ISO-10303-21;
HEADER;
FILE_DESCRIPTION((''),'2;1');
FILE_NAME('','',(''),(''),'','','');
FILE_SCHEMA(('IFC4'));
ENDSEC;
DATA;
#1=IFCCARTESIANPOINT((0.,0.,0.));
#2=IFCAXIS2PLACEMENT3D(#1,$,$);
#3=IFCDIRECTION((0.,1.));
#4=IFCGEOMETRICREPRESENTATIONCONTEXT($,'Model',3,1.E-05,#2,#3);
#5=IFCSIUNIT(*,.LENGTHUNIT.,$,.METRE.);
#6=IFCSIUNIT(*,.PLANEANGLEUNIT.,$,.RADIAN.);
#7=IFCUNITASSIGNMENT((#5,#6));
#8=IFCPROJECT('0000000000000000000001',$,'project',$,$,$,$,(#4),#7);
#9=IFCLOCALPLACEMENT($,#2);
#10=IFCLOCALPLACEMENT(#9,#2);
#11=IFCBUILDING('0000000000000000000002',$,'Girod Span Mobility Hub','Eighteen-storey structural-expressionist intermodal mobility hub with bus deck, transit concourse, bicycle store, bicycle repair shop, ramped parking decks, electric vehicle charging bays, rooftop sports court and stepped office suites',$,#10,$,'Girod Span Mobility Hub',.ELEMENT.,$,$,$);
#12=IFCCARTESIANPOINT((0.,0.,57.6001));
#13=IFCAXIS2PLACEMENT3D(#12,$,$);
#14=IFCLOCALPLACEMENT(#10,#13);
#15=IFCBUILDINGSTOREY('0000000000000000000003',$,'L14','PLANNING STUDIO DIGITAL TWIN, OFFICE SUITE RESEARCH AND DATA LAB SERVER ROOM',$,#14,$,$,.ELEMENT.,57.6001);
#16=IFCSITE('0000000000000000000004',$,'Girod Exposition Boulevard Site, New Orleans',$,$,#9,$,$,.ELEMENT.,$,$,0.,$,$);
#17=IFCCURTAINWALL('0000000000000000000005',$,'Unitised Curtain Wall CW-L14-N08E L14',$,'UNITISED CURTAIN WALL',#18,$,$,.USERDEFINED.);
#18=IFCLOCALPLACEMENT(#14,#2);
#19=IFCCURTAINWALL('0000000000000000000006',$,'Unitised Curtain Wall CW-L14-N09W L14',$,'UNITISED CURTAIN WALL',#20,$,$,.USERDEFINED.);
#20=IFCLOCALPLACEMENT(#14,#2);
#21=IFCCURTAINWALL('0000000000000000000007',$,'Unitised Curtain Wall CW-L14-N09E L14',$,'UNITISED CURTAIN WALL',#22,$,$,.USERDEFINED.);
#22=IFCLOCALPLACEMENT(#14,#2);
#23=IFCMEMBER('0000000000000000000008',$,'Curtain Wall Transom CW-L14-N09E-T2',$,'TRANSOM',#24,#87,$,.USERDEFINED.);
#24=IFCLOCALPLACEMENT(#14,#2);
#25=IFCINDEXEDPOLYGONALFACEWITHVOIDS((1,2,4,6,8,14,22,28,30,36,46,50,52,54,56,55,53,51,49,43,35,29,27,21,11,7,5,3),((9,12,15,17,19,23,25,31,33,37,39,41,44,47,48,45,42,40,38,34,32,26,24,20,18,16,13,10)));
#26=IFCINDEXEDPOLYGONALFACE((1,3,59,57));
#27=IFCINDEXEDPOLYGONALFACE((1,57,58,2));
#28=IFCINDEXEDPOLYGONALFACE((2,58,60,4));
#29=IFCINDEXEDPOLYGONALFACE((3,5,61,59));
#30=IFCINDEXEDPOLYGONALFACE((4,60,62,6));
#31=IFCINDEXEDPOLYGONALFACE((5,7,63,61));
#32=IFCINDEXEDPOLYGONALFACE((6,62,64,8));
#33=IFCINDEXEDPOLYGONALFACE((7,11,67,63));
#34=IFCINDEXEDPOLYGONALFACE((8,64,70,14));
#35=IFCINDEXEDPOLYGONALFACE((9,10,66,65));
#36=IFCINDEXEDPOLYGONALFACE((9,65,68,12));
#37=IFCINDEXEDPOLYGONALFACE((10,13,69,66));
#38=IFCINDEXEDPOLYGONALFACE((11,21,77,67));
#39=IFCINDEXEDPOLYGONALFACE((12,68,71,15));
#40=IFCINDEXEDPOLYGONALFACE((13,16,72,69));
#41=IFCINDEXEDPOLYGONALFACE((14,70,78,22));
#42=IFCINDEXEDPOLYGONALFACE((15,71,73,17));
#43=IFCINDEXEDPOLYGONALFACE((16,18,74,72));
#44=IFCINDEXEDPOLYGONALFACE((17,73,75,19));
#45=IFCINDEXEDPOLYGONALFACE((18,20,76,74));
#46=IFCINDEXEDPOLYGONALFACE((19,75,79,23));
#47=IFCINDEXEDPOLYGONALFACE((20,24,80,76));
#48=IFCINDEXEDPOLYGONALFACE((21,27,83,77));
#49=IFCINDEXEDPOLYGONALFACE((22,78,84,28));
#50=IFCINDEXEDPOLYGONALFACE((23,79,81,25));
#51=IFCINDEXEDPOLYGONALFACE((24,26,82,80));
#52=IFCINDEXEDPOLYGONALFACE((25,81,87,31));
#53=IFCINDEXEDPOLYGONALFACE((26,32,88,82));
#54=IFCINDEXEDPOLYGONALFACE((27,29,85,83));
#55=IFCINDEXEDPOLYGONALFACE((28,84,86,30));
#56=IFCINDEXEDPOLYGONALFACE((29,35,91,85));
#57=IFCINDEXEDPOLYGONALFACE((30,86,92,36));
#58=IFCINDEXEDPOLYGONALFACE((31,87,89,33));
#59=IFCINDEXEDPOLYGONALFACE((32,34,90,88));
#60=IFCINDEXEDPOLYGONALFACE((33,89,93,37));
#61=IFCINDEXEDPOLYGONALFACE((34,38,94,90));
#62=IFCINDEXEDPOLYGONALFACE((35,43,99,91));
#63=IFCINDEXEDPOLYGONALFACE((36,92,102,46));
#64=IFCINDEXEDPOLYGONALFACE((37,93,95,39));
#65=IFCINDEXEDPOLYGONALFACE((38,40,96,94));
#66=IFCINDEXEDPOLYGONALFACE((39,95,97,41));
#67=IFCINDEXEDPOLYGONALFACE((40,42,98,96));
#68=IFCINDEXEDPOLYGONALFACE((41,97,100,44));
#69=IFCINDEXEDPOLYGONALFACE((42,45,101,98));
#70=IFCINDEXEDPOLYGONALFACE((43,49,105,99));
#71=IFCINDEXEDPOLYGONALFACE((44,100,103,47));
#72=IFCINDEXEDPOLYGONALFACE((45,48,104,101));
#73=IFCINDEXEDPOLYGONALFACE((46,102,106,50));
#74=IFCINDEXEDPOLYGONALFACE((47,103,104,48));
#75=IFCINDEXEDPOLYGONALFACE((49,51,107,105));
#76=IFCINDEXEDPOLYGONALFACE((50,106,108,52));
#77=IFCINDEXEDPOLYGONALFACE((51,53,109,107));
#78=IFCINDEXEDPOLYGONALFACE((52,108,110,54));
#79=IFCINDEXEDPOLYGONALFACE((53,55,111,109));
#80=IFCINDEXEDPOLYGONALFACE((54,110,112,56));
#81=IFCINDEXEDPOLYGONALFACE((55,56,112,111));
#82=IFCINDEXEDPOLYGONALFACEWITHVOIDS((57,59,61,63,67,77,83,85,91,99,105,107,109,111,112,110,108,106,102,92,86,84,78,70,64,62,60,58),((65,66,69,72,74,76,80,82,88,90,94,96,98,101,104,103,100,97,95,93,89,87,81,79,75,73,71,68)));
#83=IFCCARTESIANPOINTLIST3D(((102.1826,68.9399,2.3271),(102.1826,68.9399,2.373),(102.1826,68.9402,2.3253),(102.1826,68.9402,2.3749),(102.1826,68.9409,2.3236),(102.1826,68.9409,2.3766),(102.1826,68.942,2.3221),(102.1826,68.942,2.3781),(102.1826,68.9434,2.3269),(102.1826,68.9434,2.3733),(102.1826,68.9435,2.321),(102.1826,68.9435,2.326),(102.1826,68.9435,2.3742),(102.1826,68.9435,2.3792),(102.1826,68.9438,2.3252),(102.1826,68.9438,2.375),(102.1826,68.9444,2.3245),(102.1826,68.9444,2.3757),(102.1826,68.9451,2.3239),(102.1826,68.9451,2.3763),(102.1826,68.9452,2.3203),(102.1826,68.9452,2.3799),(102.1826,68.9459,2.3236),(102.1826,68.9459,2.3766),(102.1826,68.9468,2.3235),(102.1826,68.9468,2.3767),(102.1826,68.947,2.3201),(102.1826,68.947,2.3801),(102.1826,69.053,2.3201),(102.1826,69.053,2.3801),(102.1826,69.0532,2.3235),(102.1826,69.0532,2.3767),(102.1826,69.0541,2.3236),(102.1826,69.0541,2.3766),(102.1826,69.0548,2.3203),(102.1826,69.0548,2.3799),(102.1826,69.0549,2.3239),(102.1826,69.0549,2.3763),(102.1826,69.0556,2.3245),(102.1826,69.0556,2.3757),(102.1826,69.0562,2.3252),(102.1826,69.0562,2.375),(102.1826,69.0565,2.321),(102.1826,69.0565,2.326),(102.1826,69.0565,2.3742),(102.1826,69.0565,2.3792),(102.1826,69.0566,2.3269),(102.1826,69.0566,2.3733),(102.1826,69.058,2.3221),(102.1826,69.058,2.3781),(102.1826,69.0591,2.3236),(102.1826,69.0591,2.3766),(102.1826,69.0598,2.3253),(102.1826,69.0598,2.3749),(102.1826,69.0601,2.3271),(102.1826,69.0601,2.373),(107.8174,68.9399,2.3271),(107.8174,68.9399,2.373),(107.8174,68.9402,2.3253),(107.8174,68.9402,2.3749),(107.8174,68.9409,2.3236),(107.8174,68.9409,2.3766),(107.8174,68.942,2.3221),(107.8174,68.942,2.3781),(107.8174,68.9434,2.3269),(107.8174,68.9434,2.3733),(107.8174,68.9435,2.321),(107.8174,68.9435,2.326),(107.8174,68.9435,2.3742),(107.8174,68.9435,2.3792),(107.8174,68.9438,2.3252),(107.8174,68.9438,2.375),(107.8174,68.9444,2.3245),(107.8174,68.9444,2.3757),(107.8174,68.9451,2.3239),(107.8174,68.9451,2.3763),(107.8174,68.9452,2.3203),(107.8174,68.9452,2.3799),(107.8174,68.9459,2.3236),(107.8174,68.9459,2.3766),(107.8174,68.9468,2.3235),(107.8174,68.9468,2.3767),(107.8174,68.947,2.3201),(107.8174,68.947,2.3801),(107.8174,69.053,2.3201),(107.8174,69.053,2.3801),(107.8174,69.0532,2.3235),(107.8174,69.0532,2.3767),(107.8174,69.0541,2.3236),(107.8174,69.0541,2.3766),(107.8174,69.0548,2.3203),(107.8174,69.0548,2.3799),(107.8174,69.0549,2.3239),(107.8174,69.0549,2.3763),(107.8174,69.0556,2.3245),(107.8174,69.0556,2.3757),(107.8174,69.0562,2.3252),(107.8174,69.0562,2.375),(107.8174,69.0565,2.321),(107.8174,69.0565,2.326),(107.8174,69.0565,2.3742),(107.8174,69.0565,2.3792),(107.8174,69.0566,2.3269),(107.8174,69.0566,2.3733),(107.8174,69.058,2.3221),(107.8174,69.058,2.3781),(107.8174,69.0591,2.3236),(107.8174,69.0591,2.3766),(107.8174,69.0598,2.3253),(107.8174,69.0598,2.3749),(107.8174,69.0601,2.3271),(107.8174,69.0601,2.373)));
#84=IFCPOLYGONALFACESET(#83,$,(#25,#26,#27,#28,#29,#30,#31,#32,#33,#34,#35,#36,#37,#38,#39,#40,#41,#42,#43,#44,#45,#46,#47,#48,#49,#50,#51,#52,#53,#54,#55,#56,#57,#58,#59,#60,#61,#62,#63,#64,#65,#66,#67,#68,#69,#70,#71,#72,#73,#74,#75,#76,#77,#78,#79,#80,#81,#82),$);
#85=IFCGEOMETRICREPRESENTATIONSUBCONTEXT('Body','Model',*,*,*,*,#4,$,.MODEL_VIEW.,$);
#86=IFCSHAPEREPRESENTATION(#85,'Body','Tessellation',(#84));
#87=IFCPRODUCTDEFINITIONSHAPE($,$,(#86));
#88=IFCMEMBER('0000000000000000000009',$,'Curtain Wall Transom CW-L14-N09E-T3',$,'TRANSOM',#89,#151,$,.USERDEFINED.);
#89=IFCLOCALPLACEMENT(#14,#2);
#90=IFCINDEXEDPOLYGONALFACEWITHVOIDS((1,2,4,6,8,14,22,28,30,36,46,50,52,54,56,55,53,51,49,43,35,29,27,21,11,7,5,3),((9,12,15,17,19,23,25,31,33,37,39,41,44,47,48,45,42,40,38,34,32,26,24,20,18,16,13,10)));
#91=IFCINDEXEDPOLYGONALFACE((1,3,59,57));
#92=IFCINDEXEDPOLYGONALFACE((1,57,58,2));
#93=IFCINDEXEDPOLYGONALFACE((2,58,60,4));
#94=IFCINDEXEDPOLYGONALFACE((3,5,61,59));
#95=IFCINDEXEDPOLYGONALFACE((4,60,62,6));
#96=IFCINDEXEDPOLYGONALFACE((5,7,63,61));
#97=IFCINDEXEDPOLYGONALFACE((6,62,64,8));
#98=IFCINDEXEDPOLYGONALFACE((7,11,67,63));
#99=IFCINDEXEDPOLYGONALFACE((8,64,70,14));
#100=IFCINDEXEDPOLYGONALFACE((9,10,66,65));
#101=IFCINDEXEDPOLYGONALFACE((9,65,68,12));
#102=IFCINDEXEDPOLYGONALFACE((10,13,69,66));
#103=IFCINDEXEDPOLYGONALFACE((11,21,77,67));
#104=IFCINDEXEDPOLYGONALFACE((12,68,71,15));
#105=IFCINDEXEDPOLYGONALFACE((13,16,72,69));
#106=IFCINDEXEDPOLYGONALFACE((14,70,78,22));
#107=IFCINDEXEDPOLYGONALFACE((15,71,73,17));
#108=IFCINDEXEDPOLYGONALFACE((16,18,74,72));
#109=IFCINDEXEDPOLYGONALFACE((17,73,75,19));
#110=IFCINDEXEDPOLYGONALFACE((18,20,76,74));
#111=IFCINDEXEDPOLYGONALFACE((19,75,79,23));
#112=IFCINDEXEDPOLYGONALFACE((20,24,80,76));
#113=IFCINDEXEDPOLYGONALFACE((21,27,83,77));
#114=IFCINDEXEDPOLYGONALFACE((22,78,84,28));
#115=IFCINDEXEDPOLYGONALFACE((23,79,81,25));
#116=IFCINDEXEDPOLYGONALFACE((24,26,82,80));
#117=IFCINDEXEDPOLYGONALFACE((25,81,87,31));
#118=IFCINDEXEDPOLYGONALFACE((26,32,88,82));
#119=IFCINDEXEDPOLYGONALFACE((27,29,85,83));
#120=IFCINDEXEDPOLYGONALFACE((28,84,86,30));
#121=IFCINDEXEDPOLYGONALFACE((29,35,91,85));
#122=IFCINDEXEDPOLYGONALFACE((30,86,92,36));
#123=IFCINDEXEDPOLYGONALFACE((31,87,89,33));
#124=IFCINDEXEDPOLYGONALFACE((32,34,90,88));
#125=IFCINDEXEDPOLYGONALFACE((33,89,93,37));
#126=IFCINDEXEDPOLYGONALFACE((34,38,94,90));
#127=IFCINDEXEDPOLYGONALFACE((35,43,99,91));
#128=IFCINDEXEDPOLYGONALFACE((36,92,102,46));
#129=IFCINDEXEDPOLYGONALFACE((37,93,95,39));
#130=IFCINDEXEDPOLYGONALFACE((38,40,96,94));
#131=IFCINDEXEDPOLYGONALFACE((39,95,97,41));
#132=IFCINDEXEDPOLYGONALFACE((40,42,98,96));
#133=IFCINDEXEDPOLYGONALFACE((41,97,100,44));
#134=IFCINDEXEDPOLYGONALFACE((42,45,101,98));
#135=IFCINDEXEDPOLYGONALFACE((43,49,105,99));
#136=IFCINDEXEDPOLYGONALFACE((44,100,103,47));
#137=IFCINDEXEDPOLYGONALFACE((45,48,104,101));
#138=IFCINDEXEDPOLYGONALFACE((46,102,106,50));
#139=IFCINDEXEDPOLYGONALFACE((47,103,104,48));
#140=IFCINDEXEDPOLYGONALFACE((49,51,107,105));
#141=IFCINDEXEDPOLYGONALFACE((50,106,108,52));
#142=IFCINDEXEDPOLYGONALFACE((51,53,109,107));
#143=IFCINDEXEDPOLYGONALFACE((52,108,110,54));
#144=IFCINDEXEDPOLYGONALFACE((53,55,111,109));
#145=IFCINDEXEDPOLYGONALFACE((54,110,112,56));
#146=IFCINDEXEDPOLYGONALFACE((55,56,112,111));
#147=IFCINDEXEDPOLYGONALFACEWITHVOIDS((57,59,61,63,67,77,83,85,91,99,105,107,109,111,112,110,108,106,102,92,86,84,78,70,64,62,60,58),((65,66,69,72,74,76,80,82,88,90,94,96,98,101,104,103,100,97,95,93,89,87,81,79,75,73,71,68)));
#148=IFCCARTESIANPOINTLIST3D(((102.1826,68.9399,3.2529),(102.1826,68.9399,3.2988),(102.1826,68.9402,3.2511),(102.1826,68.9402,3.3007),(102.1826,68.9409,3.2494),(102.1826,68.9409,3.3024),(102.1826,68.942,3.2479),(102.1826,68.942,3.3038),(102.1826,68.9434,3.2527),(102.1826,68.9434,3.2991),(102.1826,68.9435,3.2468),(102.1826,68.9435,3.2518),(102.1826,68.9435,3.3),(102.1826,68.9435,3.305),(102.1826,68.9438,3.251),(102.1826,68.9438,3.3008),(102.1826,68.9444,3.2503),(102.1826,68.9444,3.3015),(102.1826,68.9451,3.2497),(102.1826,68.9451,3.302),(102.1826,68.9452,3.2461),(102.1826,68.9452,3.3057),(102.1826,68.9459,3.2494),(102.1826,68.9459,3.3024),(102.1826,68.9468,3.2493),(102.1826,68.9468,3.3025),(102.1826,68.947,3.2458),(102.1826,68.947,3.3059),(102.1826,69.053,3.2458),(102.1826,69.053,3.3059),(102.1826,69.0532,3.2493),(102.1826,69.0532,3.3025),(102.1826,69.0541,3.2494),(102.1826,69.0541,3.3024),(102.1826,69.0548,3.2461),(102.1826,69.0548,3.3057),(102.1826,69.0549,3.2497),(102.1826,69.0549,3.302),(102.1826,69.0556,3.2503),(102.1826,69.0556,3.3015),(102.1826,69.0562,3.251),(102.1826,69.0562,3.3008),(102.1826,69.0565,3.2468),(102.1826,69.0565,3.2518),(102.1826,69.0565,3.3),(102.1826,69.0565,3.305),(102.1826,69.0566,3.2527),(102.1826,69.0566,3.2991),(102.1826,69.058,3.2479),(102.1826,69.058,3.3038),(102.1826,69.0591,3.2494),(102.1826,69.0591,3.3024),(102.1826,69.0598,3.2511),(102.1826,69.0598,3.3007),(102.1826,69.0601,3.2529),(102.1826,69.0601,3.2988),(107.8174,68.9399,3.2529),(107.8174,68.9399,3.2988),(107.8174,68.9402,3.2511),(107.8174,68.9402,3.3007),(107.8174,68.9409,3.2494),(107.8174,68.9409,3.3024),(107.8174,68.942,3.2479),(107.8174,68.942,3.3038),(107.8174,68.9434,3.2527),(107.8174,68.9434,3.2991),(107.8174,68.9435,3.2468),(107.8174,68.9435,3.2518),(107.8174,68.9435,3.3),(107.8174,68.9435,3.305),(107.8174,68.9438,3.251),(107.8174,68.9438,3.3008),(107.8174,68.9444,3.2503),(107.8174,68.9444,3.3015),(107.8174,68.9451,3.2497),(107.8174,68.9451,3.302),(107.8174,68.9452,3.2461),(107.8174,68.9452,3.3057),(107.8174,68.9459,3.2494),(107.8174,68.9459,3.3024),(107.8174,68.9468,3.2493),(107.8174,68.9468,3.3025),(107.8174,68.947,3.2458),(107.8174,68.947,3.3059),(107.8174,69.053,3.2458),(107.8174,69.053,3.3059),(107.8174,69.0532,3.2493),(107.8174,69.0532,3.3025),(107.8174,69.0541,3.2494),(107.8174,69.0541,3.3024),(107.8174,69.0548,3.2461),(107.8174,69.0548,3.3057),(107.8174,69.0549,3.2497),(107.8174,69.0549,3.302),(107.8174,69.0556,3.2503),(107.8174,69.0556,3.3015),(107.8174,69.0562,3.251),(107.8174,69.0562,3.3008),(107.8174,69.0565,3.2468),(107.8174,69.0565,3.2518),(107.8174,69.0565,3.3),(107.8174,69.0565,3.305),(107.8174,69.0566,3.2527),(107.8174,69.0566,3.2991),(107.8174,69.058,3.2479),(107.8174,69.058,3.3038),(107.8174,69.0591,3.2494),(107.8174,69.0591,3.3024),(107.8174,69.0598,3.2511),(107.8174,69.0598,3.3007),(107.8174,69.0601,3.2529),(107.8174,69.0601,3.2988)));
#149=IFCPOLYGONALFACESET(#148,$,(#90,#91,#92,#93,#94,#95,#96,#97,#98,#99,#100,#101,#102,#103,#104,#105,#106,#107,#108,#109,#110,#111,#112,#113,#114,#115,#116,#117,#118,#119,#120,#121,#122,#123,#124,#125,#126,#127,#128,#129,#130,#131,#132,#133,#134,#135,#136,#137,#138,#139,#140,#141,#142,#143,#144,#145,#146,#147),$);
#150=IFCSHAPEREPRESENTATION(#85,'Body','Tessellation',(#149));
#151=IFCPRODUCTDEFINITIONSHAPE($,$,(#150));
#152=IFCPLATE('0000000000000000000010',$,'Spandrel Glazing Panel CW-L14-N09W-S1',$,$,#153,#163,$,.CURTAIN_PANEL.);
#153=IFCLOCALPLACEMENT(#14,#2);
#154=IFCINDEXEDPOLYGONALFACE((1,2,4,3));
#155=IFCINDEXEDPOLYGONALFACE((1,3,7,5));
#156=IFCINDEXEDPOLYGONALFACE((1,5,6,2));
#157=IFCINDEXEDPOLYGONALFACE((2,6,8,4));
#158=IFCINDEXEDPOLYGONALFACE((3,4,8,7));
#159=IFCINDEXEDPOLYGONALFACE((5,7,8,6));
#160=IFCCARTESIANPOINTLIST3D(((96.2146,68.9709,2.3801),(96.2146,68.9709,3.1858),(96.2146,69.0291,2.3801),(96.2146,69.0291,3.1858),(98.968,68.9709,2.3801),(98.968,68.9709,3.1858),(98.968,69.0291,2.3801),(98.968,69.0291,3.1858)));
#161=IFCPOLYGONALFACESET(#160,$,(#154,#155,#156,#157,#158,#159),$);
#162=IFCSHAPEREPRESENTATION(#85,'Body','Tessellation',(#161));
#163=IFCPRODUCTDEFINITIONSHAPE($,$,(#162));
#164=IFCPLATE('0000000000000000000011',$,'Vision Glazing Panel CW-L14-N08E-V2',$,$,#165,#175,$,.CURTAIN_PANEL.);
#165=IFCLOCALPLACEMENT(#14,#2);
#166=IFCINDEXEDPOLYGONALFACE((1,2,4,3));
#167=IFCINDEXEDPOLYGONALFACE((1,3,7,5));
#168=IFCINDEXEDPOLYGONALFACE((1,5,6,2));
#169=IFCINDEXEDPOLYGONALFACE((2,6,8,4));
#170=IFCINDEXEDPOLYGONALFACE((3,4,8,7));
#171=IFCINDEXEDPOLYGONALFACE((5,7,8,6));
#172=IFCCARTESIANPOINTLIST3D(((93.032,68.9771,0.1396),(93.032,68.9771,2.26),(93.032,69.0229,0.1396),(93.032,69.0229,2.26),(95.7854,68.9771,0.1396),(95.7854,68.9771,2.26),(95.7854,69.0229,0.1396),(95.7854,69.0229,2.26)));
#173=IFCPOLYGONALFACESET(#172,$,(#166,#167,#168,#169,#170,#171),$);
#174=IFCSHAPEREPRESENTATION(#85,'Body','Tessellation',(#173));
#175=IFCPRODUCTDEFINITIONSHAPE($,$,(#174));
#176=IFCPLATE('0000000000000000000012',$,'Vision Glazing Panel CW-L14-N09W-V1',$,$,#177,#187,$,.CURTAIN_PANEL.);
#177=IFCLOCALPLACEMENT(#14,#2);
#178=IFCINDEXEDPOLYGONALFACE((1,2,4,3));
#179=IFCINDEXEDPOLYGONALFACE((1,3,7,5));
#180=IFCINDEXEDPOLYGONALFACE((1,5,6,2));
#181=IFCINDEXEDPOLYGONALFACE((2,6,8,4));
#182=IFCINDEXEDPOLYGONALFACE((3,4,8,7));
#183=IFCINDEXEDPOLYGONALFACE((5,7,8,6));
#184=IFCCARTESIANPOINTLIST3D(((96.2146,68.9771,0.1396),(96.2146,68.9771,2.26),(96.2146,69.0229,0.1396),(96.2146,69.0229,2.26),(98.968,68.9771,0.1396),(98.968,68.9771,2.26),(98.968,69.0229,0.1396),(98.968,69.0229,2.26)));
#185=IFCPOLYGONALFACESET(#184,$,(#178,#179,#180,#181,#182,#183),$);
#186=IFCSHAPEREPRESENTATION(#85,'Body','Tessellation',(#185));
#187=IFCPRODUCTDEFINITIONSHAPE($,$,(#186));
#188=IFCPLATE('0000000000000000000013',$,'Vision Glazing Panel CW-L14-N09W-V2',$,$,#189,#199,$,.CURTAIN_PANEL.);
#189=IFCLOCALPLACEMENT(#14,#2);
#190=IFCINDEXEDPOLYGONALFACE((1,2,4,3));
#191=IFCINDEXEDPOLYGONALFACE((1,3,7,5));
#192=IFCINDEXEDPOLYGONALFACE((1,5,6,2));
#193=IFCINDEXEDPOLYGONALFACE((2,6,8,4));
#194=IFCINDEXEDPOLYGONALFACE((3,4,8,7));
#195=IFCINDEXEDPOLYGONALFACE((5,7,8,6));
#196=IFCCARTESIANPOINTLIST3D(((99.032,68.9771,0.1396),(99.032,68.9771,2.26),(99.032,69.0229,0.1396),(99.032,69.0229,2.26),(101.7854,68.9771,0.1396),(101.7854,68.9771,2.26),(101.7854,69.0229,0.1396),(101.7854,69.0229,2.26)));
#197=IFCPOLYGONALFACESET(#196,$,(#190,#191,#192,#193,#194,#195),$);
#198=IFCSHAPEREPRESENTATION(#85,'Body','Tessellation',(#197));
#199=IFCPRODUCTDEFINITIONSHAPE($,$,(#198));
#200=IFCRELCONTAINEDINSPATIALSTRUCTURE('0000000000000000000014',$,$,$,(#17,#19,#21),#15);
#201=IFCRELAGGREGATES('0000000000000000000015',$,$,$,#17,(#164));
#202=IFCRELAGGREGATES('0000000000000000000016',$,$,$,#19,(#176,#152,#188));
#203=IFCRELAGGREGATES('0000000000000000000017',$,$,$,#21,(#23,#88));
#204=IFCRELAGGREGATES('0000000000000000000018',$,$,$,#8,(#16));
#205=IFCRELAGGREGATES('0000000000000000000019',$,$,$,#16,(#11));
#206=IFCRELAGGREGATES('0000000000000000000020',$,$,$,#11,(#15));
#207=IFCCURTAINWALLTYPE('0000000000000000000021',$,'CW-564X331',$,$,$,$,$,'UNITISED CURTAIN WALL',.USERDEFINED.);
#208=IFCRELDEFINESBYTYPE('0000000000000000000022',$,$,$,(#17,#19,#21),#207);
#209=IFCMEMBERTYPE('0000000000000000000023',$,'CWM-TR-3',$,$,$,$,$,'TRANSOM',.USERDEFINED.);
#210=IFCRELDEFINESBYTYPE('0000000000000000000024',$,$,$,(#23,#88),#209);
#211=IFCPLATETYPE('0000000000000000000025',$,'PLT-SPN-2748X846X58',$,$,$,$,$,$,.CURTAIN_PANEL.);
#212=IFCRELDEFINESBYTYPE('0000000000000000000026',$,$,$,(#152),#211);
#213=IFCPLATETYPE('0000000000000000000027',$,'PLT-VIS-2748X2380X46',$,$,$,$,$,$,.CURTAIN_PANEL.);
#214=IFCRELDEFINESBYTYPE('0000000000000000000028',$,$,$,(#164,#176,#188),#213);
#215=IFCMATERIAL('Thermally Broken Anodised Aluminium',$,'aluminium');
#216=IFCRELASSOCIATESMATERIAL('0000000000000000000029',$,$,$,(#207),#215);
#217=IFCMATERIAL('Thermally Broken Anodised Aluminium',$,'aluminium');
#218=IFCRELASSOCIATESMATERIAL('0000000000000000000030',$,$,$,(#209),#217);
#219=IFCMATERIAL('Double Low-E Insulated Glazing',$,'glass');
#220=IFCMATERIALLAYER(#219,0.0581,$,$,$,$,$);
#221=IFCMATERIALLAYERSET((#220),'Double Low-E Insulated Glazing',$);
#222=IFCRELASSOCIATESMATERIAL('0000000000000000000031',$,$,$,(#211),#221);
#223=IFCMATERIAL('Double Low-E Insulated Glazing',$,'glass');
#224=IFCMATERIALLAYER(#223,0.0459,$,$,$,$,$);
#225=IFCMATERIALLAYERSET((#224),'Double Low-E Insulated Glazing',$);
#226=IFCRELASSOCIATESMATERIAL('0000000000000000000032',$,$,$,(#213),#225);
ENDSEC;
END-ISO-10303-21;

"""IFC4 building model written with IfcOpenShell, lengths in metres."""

from ifc_helpers import new_model, si_unit, direction, frame, origin, origin_2d, place, context, subcontext, project, spatial, rectangle, hollow_rectangle, extrude, material, layer, layer_set, material_profile, profile_set, type_object, element, aggregate, save


model = new_model("IFC4")

# Units and contexts
model_context = context("Model", 3, precision=1e-05, world=origin(), true_north=direction((0.0, 1.0)))
body_context = subcontext(model_context, "Body", "Model", "MODEL_VIEW")
ifc_project = project(units=[si_unit("LENGTHUNIT", "METRE"), si_unit("PLANEANGLEUNIT", "RADIAN")], contexts=[model_context])

# Site, building, storey
site_placement = place(None, origin())
site = spatial("IfcSite", under=ifc_project, at=site_placement, Name="Girod Exposition Boulevard Site, New Orleans", CompositionType="ELEMENT", RefElevation=0.0)
building_placement = place(site_placement, origin())
building = spatial("IfcBuilding", under=site, at=building_placement, Name="Girod Span Mobility Hub", Description="Eighteen-storey structural-expressionist intermodal mobility hub with bus deck, transit concourse, bicycle store, bicycle repair shop, ramped parking decks, electric vehicle charging bays, rooftop sports court and stepped office suites", LongName="Girod Span Mobility Hub", CompositionType="ELEMENT")
storey_placement = place(building_placement, frame((0.0, 0.0, 57.6001)))
storey = spatial("IfcBuildingStorey", under=building, at=storey_placement, Name="L14", Description="PLANNING STUDIO DIGITAL TWIN, OFFICE SUITE RESEARCH AND DATA LAB SERVER ROOM", CompositionType="ELEMENT", Elevation=57.6001)

# Curtain walls
ifc_material_1 = material(Name="Thermally Broken Anodised Aluminium", Category="aluminium")
curtain_wall_type = type_object("IfcCurtainWallType", Name="CW-564X331", ElementType="UNITISED CURTAIN WALL", PredefinedType="USERDEFINED", material=ifc_material_1)
curtain_wall_1_placement = place(storey_placement, origin())
curtain_wall_1 = element("IfcCurtainWall", 1, at=curtain_wall_1_placement, inside=storey, type_object=curtain_wall_type, Name="Unitised Curtain Wall CW-L14-N08E L14", ObjectType="UNITISED CURTAIN WALL", PredefinedType="USERDEFINED")
curtain_wall_2_placement = place(storey_placement, origin())
curtain_wall_2 = element("IfcCurtainWall", 2, at=curtain_wall_2_placement, inside=storey, type_object=curtain_wall_type, Name="Unitised Curtain Wall CW-L14-N09W L14", ObjectType="UNITISED CURTAIN WALL", PredefinedType="USERDEFINED")

# Curtain wall
curtain_wall_3_placement = place(storey_placement, origin())
curtain_wall_3 = element("IfcCurtainWall", 3, at=curtain_wall_3_placement, inside=storey, type_object=curtain_wall_type, Name="Unitised Curtain Wall CW-L14-N09E L14", ObjectType="UNITISED CURTAIN WALL", PredefinedType="USERDEFINED")

# Members
ifc_material_2 = material(Name="Thermally Broken Anodised Aluminium", Category="aluminium")
ifc_material_profile_1 = material_profile(ifc_material_2, hollow_rectangle(XDim=0.1201, YDim=0.0601, WallThickness=0.0034, InnerFilletRadius=0.0034, OuterFilletRadius=0.0071, at=origin_2d()), Name="CW-TR-60X120")
ifc_profile_set_1 = profile_set([ifc_material_profile_1], Name="Thermally Broken Anodised Aluminium")
member_type_1 = type_object("IfcMemberType", Name="CWM-TR-3", ElementType="TRANSOM", PredefinedType="USERDEFINED", material=ifc_profile_set_1)
member_1_placement = place(storey_placement, frame((102.1826, 69.0, 2.3501), z_axis=(1.0, 0.0, 0.0), x_axis=(0.0, 1.0, 0.0)))
member_1 = element("IfcMember", 4, at=member_1_placement, type_object=member_type_1, Name="Curtain Wall Transom CW-L14-N09E-T2", ObjectType="TRANSOM", PredefinedType="USERDEFINED", context=body_context, shape_type="SweptSolid", body=[
    extrude(hollow_rectangle(XDim=0.1201, YDim=0.0601, WallThickness=0.0034, InnerFilletRadius=0.0034, OuterFilletRadius=0.0071, at=origin_2d()), origin(), (0.0, 0.0, 1.0), 5.6348),
])
member_2_placement = place(storey_placement, frame((102.1826, 69.0, 3.2759), z_axis=(1.0, 0.0, 0.0), x_axis=(0.0, 1.0, 0.0)))
member_2 = element("IfcMember", 5, at=member_2_placement, type_object=member_type_1, Name="Curtain Wall Transom CW-L14-N09E-T3", ObjectType="TRANSOM", PredefinedType="USERDEFINED", context=body_context, shape_type="SweptSolid", body=[
    extrude(hollow_rectangle(XDim=0.1201, YDim=0.0601, WallThickness=0.0034, InnerFilletRadius=0.0034, OuterFilletRadius=0.0071, at=origin_2d()), origin(), (0.0, 0.0, 1.0), 5.6348),
])

# Plates
ifc_material_3 = material(Name="Double Low-E Insulated Glazing", Category="glass")
ifc_layer_1 = layer(ifc_material_3, 0.0581)
ifc_layer_set_1 = layer_set([ifc_layer_1], Name="Double Low-E Insulated Glazing")
plate_type_1 = type_object("IfcPlateType", Name="PLT-SPN-2748X846X58", PredefinedType="CURTAIN_PANEL", material=ifc_layer_set_1)
plate_1_placement = place(storey_placement, frame((97.5913, 69.0, 2.3801), z_axis=(0.0, 0.0, 1.0), x_axis=(1.0, 0.0, 0.0)))
plate_1 = element("IfcPlate", 6, at=plate_1_placement, type_object=plate_type_1, Name="Spandrel Glazing Panel CW-L14-N09W-S1", PredefinedType="CURTAIN_PANEL", context=body_context, shape_type="SweptSolid", body=[
    extrude(rectangle(XDim=2.7534, YDim=0.0581, at=origin_2d()), origin(), (0.0, 0.0, 1.0), 0.8057),
])
ifc_material_4 = material(Name="Double Low-E Insulated Glazing", Category="glass")
ifc_layer_2 = layer(ifc_material_4, 0.0459)
ifc_layer_set_2 = layer_set([ifc_layer_2], Name="Double Low-E Insulated Glazing")
plate_type_2 = type_object("IfcPlateType", Name="PLT-VIS-2748X2380X46", PredefinedType="CURTAIN_PANEL", material=ifc_layer_set_2)
plate_2_placement = place(storey_placement, frame((94.4087, 69.0, 0.1396), z_axis=(0.0, 0.0, 1.0), x_axis=(1.0, 0.0, 0.0)))
plate_2 = element("IfcPlate", 7, at=plate_2_placement, type_object=plate_type_2, Name="Vision Glazing Panel CW-L14-N08E-V2", PredefinedType="CURTAIN_PANEL", context=body_context, shape_type="SweptSolid", body=[
    extrude(rectangle(XDim=2.7534, YDim=0.0459, at=origin_2d()), origin(), (0.0, 0.0, 1.0), 2.1204),
])
aggregate(curtain_wall_1, [plate_2])
plate_3_placement = place(storey_placement, frame((97.5913, 69.0, 0.1396), z_axis=(0.0, 0.0, 1.0), x_axis=(1.0, 0.0, 0.0)))
plate_3 = element("IfcPlate", 8, at=plate_3_placement, type_object=plate_type_2, Name="Vision Glazing Panel CW-L14-N09W-V1", PredefinedType="CURTAIN_PANEL", context=body_context, shape_type="SweptSolid", body=[
    extrude(rectangle(XDim=2.7534, YDim=0.0459, at=origin_2d()), origin(), (0.0, 0.0, 1.0), 2.1204),
])
plate_4_placement = place(storey_placement, frame((100.4087, 69.0, 0.1396), z_axis=(0.0, 0.0, 1.0), x_axis=(1.0, 0.0, 0.0)))
plate_4 = element("IfcPlate", 9, at=plate_4_placement, type_object=plate_type_2, Name="Vision Glazing Panel CW-L14-N09W-V2", PredefinedType="CURTAIN_PANEL", context=body_context, shape_type="SweptSolid", body=[
    extrude(rectangle(XDim=2.7534, YDim=0.0459, at=origin_2d()), origin(), (0.0, 0.0, 1.0), 2.1204),
])
aggregate(curtain_wall_2, [plate_3, plate_1, plate_4])
aggregate(curtain_wall_3, [member_1, member_2])

save(model, "model.ifc")
